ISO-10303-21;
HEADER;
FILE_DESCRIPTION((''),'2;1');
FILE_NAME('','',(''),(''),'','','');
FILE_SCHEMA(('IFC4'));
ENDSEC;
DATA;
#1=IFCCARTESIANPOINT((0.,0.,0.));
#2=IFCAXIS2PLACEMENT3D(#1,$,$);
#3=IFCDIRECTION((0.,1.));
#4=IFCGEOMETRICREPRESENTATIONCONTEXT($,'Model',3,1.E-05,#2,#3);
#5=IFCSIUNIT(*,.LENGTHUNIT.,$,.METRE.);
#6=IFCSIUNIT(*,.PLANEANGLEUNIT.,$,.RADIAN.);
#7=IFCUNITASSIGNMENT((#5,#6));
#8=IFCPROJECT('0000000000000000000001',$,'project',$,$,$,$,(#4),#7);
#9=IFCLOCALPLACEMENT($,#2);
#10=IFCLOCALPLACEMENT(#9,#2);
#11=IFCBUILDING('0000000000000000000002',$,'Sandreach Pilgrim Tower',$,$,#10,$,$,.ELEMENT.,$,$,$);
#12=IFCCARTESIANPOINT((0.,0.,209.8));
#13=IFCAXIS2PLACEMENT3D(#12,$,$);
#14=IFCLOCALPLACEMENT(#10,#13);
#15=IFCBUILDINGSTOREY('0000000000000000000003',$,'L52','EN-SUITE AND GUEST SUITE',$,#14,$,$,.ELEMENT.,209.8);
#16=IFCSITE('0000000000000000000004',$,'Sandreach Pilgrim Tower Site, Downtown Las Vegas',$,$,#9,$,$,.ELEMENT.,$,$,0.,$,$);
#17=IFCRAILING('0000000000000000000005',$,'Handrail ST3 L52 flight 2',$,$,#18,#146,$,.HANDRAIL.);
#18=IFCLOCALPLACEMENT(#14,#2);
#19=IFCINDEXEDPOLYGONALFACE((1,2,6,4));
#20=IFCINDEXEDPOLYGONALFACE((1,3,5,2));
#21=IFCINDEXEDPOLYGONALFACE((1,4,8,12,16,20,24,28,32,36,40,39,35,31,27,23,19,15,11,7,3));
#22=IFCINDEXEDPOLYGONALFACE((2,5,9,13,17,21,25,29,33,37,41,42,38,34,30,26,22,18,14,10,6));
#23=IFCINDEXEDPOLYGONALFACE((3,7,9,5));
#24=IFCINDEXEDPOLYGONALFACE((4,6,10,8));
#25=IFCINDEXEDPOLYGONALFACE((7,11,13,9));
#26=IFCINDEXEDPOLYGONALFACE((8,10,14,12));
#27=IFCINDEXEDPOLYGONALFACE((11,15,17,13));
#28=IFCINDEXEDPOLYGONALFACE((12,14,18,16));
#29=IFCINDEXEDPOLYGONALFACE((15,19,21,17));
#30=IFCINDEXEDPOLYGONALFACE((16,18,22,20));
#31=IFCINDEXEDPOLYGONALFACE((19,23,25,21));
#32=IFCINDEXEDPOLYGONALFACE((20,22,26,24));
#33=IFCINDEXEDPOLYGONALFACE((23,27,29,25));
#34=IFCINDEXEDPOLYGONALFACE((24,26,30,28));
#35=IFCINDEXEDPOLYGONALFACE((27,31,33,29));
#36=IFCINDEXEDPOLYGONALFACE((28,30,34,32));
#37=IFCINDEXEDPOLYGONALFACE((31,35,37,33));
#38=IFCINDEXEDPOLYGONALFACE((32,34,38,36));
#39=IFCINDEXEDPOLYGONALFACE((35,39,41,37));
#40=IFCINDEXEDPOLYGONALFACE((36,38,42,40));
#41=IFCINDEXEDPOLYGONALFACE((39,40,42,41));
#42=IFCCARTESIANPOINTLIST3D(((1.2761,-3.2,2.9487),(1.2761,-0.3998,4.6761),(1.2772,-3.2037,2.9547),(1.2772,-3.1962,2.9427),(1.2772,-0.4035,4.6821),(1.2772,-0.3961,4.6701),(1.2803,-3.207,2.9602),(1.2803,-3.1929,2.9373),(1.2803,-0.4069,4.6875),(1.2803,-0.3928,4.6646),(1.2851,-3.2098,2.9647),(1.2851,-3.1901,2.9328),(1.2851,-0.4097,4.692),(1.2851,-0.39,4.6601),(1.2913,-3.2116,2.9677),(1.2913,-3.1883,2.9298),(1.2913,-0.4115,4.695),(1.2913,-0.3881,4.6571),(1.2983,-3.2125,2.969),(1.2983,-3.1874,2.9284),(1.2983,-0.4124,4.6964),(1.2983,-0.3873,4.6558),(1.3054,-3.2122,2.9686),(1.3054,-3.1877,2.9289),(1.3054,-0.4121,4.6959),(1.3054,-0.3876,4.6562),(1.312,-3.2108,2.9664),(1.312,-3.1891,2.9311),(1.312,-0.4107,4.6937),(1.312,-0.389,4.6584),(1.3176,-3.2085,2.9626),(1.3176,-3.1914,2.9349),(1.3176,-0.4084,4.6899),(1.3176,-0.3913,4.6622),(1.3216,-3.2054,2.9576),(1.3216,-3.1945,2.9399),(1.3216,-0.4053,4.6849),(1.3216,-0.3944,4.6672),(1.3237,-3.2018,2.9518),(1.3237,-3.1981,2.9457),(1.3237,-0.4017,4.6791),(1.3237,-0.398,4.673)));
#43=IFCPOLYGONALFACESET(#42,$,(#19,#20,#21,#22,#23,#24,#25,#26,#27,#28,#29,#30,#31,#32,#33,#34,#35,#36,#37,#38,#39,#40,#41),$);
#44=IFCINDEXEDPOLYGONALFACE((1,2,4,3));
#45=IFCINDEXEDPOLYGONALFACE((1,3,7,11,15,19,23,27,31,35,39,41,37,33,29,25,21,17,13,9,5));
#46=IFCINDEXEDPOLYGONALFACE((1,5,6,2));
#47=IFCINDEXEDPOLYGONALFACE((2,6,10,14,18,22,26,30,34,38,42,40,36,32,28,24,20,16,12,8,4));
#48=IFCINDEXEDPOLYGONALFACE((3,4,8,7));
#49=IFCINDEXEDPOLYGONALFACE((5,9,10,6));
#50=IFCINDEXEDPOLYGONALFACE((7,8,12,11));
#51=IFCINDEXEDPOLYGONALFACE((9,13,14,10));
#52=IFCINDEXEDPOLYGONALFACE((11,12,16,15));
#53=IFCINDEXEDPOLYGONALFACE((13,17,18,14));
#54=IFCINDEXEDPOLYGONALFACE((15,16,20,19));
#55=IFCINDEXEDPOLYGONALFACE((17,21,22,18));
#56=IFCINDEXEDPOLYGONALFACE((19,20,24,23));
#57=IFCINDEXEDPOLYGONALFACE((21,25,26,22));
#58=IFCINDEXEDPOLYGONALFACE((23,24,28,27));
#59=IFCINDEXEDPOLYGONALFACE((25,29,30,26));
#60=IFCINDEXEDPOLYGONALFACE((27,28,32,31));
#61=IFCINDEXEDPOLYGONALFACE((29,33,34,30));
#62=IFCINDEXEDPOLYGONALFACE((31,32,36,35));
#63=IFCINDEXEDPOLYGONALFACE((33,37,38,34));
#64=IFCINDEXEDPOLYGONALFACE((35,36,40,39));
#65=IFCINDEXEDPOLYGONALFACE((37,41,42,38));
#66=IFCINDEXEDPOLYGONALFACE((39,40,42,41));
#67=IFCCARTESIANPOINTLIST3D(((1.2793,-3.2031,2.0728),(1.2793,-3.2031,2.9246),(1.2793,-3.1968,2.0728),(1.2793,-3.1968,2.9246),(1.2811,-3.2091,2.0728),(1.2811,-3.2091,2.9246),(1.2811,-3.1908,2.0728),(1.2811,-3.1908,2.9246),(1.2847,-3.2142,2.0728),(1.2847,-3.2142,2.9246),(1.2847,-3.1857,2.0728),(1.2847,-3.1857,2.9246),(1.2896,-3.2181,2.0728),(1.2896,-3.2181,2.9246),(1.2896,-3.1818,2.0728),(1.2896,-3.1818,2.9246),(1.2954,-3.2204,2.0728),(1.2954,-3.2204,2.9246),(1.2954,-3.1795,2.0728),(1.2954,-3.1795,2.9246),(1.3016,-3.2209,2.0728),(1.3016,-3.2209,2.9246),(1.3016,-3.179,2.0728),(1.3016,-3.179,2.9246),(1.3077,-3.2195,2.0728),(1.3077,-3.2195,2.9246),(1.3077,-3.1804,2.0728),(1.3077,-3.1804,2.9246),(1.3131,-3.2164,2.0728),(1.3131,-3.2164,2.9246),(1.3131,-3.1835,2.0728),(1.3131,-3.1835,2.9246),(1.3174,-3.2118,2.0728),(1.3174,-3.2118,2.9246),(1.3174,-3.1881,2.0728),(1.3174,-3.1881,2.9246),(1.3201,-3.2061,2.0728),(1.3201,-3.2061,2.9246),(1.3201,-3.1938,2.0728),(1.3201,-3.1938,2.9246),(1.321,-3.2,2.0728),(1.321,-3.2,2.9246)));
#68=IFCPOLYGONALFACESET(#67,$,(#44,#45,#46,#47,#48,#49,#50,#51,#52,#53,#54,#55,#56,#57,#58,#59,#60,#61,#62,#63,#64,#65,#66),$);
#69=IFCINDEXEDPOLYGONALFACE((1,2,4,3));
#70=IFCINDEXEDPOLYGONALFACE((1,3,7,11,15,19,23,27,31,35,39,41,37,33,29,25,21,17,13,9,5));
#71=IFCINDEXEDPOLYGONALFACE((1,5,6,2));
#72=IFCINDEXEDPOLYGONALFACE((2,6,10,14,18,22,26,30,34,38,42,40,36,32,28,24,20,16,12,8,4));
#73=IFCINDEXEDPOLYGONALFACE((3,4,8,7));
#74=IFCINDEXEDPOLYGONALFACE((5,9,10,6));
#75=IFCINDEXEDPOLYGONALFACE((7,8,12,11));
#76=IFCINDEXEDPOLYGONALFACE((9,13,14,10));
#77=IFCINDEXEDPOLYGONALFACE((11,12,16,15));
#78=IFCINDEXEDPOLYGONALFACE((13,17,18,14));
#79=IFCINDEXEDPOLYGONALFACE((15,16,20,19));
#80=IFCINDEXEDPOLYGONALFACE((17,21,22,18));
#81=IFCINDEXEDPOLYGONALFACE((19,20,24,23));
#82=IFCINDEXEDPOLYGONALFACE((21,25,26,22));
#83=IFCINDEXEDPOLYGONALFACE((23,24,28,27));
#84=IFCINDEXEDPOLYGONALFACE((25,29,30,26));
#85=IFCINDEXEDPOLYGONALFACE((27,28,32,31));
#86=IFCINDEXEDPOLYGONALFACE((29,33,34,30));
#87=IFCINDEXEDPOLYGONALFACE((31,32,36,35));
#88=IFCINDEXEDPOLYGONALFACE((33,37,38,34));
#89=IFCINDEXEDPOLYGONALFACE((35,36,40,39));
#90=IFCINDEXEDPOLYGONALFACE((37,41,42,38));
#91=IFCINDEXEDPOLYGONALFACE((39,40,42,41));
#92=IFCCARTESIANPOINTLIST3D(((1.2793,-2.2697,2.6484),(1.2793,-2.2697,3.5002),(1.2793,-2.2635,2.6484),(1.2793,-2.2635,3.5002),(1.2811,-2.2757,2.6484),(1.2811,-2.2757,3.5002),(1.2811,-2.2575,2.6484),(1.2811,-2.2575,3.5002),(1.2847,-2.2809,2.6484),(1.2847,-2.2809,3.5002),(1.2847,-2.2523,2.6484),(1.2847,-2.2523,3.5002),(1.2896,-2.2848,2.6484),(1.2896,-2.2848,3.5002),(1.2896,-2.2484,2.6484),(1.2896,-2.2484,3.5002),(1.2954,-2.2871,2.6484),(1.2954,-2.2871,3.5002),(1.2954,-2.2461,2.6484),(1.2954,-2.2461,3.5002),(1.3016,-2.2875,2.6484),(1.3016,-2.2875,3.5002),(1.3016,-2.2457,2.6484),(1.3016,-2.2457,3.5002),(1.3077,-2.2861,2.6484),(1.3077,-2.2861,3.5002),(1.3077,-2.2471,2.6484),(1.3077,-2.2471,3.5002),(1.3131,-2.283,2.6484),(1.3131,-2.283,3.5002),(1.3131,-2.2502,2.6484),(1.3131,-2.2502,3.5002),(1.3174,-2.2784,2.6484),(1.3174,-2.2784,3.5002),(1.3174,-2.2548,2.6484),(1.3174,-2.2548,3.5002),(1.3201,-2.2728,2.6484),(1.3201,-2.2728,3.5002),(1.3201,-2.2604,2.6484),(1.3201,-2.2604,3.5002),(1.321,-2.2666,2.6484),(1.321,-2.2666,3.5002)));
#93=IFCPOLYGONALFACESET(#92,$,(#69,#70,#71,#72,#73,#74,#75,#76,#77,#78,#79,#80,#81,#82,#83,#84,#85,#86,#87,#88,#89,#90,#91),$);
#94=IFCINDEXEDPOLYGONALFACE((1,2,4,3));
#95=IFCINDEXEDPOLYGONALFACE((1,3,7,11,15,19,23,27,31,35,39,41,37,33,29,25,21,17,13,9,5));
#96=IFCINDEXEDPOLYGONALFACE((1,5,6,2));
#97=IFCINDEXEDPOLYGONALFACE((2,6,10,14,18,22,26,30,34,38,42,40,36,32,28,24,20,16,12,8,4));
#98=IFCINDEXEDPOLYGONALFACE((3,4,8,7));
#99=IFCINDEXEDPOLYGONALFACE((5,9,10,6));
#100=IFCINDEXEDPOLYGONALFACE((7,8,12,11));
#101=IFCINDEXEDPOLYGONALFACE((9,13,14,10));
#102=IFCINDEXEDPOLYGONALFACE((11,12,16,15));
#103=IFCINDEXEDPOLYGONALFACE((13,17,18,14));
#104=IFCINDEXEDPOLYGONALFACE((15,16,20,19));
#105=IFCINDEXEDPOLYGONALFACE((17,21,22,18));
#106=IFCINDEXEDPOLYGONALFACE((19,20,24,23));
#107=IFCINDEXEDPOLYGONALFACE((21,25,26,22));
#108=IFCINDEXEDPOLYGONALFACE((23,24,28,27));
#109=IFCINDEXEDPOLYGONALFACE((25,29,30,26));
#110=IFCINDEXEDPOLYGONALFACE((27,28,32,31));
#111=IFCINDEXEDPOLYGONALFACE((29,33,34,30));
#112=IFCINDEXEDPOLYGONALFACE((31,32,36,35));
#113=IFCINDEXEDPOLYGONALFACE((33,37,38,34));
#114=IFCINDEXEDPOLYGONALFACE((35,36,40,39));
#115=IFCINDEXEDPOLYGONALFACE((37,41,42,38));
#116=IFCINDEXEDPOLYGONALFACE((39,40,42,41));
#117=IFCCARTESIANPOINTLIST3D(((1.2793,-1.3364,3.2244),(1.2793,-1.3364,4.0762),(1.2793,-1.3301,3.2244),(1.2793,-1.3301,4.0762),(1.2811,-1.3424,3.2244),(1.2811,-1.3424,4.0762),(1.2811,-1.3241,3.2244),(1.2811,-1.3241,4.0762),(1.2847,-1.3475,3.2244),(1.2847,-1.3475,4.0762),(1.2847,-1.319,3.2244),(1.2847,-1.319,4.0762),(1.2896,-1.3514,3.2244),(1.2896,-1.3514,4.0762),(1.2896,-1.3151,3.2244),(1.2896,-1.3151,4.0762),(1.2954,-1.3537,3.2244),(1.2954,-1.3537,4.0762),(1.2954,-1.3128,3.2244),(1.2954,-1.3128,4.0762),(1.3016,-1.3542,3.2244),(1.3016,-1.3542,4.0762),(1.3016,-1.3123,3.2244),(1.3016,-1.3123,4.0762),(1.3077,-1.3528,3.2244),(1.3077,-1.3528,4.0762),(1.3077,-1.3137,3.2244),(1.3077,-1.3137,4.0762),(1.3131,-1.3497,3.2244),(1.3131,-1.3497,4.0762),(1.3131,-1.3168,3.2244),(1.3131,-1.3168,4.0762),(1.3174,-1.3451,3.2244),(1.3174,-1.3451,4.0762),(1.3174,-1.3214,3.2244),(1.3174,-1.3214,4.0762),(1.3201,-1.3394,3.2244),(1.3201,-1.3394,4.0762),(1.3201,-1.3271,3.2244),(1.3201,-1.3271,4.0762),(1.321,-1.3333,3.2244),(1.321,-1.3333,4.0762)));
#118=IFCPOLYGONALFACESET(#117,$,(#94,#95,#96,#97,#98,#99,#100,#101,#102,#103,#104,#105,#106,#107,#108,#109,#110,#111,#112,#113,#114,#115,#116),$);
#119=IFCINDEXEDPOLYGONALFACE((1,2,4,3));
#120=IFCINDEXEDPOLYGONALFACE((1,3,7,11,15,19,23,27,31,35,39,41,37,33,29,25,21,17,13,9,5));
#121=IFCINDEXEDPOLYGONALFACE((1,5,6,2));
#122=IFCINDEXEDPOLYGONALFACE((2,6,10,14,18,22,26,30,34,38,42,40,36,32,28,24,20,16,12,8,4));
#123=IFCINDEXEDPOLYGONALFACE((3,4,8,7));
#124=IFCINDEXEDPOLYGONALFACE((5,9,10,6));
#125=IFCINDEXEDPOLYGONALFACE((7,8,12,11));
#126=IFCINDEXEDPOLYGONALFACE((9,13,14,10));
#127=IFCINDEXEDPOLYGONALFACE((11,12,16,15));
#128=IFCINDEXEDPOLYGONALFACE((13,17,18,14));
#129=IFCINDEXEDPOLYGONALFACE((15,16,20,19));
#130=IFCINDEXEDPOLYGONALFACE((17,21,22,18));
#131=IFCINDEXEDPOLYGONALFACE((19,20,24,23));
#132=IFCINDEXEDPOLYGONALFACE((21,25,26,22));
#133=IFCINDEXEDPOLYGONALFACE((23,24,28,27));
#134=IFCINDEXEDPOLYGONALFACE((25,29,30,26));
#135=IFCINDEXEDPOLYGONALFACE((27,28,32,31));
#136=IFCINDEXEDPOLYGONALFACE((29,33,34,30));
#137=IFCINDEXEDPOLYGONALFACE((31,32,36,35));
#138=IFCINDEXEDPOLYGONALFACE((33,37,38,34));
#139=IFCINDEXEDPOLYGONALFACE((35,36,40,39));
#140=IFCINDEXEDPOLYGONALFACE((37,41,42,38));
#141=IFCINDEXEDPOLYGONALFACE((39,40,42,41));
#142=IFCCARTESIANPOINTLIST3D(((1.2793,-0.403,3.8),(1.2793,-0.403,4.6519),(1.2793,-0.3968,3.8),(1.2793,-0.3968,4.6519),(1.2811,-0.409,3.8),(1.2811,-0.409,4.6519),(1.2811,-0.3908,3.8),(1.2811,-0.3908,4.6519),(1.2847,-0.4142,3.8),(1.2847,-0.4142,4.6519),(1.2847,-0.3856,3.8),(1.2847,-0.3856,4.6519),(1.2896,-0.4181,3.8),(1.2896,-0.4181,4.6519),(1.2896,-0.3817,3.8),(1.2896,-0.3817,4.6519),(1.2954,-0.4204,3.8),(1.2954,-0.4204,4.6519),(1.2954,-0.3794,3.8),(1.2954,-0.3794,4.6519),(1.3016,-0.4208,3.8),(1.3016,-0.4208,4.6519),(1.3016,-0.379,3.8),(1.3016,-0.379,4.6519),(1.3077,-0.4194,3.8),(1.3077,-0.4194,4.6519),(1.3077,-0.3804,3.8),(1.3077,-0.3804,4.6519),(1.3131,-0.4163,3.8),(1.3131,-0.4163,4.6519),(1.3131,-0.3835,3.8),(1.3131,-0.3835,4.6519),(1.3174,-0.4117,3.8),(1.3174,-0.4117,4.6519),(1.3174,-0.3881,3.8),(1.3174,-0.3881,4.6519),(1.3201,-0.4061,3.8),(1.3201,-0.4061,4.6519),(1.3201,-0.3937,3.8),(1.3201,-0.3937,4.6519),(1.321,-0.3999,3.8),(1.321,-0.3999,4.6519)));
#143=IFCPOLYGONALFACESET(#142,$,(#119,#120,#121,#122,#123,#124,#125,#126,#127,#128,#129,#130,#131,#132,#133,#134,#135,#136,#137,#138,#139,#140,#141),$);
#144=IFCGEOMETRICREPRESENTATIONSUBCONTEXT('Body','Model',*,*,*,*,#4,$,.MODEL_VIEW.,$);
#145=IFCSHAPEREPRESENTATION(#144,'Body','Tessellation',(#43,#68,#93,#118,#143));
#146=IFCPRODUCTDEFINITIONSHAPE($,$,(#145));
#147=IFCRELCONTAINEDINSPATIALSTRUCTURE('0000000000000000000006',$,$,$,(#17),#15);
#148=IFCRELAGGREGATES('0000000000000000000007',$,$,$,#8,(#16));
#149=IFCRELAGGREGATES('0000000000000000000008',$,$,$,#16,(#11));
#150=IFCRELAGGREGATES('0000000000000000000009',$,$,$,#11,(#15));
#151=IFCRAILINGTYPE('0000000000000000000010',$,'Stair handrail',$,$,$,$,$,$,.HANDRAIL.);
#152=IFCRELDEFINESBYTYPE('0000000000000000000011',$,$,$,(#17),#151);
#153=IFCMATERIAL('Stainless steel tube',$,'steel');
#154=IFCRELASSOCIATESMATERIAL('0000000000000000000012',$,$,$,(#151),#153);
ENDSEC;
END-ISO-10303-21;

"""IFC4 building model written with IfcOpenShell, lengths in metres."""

from ifc_helpers import new_model, si_unit, direction, frame, origin, origin_2d, place, context, subcontext, project, spatial, circle, extrude, material, type_object, element, save


model = new_model("IFC4")

# Units and contexts
model_context = context("Model", 3, precision=1e-05, world=origin(), true_north=direction((0.0, 1.0)))
body_context = subcontext(model_context, "Body", "Model", "MODEL_VIEW")
ifc_project = project(units=[si_unit("LENGTHUNIT", "METRE"), si_unit("PLANEANGLEUNIT", "RADIAN")], contexts=[model_context])

# Site, building, storey
site_placement = place(None, origin())
site = spatial("IfcSite", under=ifc_project, at=site_placement, Name="Sandreach Pilgrim Tower Site, Downtown Las Vegas", CompositionType="ELEMENT", RefElevation=0.0)
building_placement = place(site_placement, origin())
building = spatial("IfcBuilding", under=site, at=building_placement, Name="Sandreach Pilgrim Tower", CompositionType="ELEMENT")
storey_placement = place(building_placement, frame((0.0, 0.0, 209.8)))
storey = spatial("IfcBuildingStorey", under=building, at=storey_placement, Name="L52", Description="EN-SUITE AND GUEST SUITE", CompositionType="ELEMENT", Elevation=209.8)

# Railing
ifc_material_1 = material(Name="Stainless steel tube", Category="steel")
railing_type = type_object("IfcRailingType", Name="Stair handrail", PredefinedType="HANDRAIL", material=ifc_material_1)
for number, where, name in (
    (1, (1.3, -3.2, 2.0728), "Handrail ST3 L52 flight 2"),
):
    element("IfcRailing", number, at=place(storey_placement, frame(where)), inside=storey, type_object=railing_type, Name=name, PredefinedType="HANDRAIL", context=body_context, shape_type="SweptSolid", body=[
        extrude(circle(Radius=0.0239, at=origin_2d()), frame((0.0, 0.0, 0.876), z_axis=(0.0, 0.85109, 0.52502), x_axis=(-1.0, 0.0, 0.0)), (0.0, 0.0, 1.0), 3.29),
        extrude(circle(Radius=0.021, at=origin_2d()), origin(), (0.0, 0.0, 1.0), 0.8518),
        extrude(circle(Radius=0.021, at=origin_2d()), frame((0.0, 0.9333, 0.5757)), (0.0, 0.0, 1.0), 0.8518),
        extrude(circle(Radius=0.021, at=origin_2d()), frame((0.0, 1.8667, 1.1516)), (0.0, 0.0, 1.0), 0.8518),
        extrude(circle(Radius=0.021, at=origin_2d()), frame((0.0, 2.8, 1.7273)), (0.0, 0.0, 1.0), 0.8518),
    ])

save(model, "model.ifc")
